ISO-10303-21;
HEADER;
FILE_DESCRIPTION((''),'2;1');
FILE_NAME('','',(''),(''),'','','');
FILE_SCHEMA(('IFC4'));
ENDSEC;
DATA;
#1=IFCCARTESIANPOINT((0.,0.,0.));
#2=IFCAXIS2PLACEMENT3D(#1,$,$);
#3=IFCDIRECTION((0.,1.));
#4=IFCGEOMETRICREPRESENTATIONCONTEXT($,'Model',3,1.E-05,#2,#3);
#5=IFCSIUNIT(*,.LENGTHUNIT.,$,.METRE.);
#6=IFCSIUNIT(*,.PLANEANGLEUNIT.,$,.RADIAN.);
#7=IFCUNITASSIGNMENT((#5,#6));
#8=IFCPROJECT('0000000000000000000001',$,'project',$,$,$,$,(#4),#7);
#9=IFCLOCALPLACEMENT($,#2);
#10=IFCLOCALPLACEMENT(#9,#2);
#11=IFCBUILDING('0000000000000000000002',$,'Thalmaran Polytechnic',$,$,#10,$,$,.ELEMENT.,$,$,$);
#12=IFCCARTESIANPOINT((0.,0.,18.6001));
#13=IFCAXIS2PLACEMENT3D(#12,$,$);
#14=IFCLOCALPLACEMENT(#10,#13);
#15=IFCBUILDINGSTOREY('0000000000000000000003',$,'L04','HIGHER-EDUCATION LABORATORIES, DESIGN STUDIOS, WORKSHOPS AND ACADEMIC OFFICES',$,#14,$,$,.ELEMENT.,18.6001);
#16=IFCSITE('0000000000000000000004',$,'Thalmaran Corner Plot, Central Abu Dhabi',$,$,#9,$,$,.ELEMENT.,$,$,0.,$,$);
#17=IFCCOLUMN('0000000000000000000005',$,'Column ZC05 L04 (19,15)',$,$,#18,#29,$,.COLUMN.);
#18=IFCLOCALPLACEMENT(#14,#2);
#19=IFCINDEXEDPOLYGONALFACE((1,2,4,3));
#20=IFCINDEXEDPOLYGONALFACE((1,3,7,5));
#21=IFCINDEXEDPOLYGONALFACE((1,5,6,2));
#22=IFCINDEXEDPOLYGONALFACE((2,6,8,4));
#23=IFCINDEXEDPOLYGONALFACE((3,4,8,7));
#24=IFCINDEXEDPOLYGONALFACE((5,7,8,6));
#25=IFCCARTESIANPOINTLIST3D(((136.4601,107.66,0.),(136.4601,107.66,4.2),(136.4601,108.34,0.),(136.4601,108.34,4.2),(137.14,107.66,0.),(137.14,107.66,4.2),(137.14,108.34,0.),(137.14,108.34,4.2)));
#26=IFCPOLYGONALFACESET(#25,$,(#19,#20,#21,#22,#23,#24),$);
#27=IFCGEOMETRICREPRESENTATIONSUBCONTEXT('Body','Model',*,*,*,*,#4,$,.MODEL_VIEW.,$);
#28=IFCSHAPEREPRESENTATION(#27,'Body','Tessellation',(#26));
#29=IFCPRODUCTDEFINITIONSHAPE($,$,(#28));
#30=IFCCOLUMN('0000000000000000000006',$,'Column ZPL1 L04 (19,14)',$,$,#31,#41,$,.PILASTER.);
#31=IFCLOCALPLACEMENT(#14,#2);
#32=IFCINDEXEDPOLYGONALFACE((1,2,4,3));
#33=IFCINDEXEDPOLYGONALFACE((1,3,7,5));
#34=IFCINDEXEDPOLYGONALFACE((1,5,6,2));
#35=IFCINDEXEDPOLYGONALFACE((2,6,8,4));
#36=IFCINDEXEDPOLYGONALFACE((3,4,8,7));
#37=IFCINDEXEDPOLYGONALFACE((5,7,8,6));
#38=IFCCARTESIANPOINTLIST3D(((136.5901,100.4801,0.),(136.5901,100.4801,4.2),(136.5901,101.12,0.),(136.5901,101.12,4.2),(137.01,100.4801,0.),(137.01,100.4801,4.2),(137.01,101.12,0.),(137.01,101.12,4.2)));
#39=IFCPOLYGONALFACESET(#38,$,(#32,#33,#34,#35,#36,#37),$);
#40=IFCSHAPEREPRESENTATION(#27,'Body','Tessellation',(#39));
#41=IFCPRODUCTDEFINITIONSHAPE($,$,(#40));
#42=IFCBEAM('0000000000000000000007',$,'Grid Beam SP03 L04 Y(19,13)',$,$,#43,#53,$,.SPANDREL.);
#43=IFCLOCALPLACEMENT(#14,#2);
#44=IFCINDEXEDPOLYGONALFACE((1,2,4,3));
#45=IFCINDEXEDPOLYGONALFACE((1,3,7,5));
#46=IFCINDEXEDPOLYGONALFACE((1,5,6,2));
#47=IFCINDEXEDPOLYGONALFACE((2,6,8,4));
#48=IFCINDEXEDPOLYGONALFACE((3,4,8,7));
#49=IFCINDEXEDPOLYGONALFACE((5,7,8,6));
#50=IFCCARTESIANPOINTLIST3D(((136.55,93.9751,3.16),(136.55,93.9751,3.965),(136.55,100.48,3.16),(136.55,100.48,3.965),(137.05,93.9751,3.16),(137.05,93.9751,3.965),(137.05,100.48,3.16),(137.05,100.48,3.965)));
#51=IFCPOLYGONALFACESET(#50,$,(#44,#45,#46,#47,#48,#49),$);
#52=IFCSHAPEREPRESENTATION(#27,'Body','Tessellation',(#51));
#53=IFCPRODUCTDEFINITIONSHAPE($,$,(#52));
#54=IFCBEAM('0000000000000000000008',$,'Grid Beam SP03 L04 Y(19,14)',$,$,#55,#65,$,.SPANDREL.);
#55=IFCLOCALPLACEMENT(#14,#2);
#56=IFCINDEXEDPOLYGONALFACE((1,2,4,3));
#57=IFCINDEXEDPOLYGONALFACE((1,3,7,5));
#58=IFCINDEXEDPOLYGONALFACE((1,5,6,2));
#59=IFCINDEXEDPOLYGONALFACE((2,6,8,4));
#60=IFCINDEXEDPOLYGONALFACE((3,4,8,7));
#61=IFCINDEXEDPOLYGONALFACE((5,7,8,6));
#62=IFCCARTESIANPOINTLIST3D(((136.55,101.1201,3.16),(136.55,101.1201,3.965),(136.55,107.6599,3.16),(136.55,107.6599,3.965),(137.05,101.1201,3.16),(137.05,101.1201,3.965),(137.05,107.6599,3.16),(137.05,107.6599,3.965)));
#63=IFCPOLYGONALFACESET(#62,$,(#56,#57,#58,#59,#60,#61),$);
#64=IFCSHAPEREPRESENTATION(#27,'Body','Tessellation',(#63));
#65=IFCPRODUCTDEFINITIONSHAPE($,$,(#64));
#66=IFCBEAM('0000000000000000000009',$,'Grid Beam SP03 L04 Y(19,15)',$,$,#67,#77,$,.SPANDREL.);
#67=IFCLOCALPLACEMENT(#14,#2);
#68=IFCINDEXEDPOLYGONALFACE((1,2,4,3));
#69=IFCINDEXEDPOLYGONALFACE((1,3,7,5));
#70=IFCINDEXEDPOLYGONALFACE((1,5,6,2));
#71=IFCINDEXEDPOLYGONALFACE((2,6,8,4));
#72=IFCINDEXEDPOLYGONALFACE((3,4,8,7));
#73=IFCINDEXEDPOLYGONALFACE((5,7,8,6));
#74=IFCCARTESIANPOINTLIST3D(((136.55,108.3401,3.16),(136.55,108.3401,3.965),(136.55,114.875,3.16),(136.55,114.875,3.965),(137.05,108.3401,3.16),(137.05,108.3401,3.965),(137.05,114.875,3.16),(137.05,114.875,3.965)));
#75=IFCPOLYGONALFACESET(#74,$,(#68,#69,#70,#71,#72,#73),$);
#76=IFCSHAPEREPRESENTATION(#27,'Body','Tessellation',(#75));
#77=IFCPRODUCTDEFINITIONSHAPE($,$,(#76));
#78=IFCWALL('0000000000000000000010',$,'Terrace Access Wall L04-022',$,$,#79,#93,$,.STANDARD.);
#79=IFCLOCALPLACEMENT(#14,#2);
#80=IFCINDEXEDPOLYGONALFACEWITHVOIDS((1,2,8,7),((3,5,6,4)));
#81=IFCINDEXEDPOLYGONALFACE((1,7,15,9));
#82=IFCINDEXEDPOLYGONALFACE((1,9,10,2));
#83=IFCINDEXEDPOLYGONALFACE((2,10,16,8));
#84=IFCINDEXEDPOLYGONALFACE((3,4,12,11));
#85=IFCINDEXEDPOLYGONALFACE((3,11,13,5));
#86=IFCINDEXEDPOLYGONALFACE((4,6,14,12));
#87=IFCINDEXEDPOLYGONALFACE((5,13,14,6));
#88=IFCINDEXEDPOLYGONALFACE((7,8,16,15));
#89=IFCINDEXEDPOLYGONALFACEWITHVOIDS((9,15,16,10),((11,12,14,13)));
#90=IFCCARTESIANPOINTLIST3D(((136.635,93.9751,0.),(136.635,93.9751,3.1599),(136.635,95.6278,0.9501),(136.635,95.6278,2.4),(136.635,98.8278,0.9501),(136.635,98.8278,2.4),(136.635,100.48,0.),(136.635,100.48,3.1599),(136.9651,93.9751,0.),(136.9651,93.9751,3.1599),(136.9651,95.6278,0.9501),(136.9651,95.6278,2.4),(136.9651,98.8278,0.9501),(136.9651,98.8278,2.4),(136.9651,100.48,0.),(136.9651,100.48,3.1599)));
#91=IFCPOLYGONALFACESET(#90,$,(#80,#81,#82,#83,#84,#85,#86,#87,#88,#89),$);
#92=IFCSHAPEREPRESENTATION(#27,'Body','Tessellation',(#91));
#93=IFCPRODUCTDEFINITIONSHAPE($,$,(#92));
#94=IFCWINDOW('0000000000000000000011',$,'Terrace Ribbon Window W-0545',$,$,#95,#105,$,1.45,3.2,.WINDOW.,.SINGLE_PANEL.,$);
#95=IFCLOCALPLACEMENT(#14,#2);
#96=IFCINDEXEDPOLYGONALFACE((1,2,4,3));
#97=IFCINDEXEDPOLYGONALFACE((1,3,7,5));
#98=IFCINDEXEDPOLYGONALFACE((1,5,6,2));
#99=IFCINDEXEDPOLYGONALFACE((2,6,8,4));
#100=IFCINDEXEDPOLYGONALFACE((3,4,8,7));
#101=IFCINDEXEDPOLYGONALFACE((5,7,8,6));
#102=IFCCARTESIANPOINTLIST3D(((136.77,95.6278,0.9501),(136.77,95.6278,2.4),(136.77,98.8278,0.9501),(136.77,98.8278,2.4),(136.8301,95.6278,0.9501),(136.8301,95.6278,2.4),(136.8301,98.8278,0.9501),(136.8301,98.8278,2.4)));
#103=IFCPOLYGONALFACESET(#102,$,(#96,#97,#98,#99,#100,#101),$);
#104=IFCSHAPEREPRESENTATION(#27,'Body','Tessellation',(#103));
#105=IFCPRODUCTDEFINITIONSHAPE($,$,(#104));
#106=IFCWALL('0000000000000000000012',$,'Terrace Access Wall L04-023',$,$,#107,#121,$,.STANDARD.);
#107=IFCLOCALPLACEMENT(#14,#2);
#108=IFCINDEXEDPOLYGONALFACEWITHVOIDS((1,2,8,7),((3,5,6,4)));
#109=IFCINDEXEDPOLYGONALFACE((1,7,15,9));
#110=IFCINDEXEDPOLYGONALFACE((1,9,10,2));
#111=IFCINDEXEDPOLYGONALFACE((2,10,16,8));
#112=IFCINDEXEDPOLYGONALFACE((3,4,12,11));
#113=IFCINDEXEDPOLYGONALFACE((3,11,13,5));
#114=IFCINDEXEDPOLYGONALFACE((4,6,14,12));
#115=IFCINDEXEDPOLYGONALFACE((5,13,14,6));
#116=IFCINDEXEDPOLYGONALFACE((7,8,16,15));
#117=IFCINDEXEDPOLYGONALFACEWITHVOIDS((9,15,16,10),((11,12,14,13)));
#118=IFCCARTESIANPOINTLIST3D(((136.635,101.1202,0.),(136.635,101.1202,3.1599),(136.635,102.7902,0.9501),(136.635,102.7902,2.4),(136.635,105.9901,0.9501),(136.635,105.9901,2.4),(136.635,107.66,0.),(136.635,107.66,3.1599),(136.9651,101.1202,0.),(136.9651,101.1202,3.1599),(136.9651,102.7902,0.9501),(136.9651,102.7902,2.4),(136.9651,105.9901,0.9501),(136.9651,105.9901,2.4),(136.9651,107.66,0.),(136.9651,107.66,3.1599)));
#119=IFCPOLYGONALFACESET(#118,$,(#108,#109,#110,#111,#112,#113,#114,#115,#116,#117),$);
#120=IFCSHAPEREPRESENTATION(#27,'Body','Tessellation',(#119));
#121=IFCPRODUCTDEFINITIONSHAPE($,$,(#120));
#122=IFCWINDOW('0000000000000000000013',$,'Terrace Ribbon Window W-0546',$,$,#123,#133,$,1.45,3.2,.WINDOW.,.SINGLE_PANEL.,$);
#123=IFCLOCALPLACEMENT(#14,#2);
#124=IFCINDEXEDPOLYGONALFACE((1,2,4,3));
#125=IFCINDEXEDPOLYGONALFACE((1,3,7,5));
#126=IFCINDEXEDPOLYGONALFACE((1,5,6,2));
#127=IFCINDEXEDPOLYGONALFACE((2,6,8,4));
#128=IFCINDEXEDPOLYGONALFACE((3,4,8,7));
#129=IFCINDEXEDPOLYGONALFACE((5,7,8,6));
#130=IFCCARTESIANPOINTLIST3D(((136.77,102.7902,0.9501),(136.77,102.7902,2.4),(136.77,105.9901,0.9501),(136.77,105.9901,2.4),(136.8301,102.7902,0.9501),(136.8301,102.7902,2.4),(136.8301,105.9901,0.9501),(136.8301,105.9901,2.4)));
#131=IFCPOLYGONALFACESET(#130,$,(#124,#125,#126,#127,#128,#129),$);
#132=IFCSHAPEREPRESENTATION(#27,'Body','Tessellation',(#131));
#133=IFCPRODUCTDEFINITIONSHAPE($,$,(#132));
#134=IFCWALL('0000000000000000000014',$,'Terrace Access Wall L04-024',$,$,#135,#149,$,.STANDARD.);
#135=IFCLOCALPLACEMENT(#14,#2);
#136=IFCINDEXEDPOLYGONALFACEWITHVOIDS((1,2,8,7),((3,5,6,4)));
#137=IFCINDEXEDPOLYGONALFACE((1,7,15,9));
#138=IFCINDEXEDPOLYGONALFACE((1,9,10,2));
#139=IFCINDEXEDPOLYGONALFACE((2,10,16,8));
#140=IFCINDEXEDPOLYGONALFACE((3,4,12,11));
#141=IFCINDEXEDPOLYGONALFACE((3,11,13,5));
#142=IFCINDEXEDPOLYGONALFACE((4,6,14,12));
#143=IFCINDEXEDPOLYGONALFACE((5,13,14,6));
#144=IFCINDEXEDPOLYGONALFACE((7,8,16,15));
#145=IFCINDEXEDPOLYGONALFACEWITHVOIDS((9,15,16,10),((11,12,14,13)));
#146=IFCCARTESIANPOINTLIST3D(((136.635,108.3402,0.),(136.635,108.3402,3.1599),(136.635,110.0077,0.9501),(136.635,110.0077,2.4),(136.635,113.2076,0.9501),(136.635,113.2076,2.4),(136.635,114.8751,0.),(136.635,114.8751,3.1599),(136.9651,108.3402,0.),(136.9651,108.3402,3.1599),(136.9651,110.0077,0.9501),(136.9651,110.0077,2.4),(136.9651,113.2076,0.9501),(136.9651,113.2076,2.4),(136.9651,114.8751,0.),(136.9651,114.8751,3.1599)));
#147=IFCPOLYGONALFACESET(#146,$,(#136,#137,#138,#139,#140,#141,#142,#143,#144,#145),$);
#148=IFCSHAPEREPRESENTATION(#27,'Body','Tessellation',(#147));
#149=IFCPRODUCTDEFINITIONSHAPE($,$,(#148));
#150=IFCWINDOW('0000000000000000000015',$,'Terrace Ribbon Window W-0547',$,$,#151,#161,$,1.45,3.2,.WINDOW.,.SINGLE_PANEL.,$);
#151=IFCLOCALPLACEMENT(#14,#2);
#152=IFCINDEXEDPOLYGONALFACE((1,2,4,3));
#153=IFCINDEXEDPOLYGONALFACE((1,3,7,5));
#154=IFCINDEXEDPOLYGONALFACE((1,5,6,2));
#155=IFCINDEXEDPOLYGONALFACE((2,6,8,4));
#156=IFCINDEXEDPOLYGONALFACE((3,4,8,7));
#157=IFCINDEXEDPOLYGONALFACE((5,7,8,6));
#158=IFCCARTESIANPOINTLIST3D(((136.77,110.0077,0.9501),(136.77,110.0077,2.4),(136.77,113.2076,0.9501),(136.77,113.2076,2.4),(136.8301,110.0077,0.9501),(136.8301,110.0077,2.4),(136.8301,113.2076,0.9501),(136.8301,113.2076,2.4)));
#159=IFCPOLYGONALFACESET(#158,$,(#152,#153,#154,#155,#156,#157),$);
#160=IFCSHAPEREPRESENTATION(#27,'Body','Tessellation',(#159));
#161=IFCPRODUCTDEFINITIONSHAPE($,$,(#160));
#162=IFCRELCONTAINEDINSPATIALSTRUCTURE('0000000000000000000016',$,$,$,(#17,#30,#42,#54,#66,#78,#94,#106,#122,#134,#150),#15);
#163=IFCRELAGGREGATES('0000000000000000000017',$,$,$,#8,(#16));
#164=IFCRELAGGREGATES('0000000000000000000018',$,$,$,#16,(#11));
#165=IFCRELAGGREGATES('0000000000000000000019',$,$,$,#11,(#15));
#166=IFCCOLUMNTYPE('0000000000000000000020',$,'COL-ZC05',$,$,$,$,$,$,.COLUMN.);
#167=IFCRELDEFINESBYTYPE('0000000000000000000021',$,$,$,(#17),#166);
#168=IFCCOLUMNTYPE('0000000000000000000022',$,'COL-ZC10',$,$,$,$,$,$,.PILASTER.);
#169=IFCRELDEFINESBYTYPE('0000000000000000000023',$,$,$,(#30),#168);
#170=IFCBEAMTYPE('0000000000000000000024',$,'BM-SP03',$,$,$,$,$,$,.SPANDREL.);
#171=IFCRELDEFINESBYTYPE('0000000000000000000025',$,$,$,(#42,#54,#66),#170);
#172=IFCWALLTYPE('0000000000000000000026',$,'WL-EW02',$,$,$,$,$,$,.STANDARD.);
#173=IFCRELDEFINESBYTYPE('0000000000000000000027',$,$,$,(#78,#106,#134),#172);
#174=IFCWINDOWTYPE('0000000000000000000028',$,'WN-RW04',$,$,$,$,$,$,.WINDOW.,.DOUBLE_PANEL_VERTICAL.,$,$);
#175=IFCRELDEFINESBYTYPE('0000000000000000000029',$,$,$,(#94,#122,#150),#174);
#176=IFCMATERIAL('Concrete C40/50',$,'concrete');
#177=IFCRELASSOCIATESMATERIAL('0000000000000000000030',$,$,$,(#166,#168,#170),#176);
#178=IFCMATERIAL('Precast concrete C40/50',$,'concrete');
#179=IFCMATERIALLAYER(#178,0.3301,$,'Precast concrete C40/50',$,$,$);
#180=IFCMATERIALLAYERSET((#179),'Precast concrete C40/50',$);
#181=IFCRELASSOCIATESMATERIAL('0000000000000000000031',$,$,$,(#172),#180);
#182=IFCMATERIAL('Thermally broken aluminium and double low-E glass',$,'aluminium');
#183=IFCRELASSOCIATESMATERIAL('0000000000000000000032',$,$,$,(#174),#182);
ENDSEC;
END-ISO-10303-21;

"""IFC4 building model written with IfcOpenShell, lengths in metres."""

from ifc_helpers import new_model, si_unit, direction, frame, frame_2d, origin, origin_2d, place, context, subcontext, project, spatial, rectangle, extrude, material, layer, layer_set, material_profile, profile_set, type_object, element, fill, save


model = new_model("IFC4")

# Units and contexts
model_context = context("Model", 3, precision=1e-05, world=origin(), true_north=direction((0.0, 1.0)))
body_context = subcontext(model_context, "Body", "Model", "MODEL_VIEW")
ifc_project = project(units=[si_unit("LENGTHUNIT", "METRE"), si_unit("PLANEANGLEUNIT", "RADIAN")], contexts=[model_context])

# Site, building, storey
site_placement = place(None, origin())
site = spatial("IfcSite", under=ifc_project, at=site_placement, Name="Thalmaran Corner Plot, Central Abu Dhabi", CompositionType="ELEMENT", RefElevation=0.0)
building_placement = place(site_placement, origin())
building = spatial("IfcBuilding", under=site, at=building_placement, Name="Thalmaran Polytechnic", CompositionType="ELEMENT")
storey_placement = place(building_placement, frame((0.0, 0.0, 18.6001)))
storey = spatial("IfcBuildingStorey", under=building, at=storey_placement, Name="L04", Description="HIGHER-EDUCATION LABORATORIES, DESIGN STUDIOS, WORKSHOPS AND ACADEMIC OFFICES", CompositionType="ELEMENT", Elevation=18.6001)

# Columns
ifc_material_1 = material(Name="Concrete C40/50", Category="concrete")
ifc_material_profile_1 = material_profile(ifc_material_1, rectangle(XDim=0.6799, YDim=0.6799, at=origin_2d()), Name="RC 680x680")
ifc_profile_set_1 = profile_set([ifc_material_profile_1], Name="Concrete C40/50")
column_type_1 = type_object("IfcColumnType", Name="COL-ZC05", PredefinedType="COLUMN", material=ifc_profile_set_1)
column_1_placement = place(storey_placement, frame((136.8, 108.0, 0.0), z_axis=(0.0, 0.0, 1.0), x_axis=(1.0, 0.0, 0.0)))
element("IfcColumn", 1, at=column_1_placement, inside=storey, type_object=column_type_1, Name="Column ZC05 L04 (19,15)", PredefinedType="COLUMN", context=body_context, shape_type="SweptSolid", body=[
    extrude(rectangle(XDim=0.6799, YDim=0.6799, at=origin_2d()), origin(), (0.0, 0.0, 1.0), 4.2),
])
ifc_material_profile_2 = material_profile(ifc_material_1, rectangle(XDim=0.4199, YDim=0.6399, at=origin_2d()), Name="RC 420x640")
ifc_profile_set_2 = profile_set([ifc_material_profile_2], Name="Concrete C40/50")
column_type_2 = type_object("IfcColumnType", Name="COL-ZC10", PredefinedType="PILASTER", material=ifc_profile_set_2)
column_2_placement = place(storey_placement, frame((136.8, 100.8, 0.0), z_axis=(0.0, 0.0, 1.0), x_axis=(1.0, 0.0, 0.0)))
element("IfcColumn", 2, at=column_2_placement, inside=storey, type_object=column_type_2, Name="Column ZPL1 L04 (19,14)", PredefinedType="PILASTER", context=body_context, shape_type="SweptSolid", body=[
    extrude(rectangle(XDim=0.4199, YDim=0.6399, at=origin_2d()), origin(), (0.0, 0.0, 1.0), 4.2),
])

# Beams
ifc_material_profile_3 = material_profile(ifc_material_1, rectangle(XDim=0.5, YDim=0.8049, at=origin_2d()), Name="RC 500x805")
ifc_profile_set_3 = profile_set([ifc_material_profile_3], Name="Concrete C40/50")
beam_type = type_object("IfcBeamType", Name="BM-SP03", PredefinedType="SPANDREL", material=ifc_profile_set_3)
beam_1_placement = place(storey_placement, frame((136.8, 93.9751, 3.5625), z_axis=(0.0, 1.0, 0.0), x_axis=(-1.0, 0.0, 0.0)))
element("IfcBeam", 3, at=beam_1_placement, inside=storey, type_object=beam_type, Name="Grid Beam SP03 L04 Y(19,13)", PredefinedType="SPANDREL", context=body_context, shape_type="SweptSolid", body=[
    extrude(rectangle(XDim=0.5, YDim=0.8049, at=origin_2d()), origin(), (0.0, 0.0, 1.0), 6.5049),
])
beam_2_placement = place(storey_placement, frame((136.8, 101.1201, 3.5625), z_axis=(0.0, 1.0, 0.0), x_axis=(-1.0, 0.0, 0.0)))
element("IfcBeam", 4, at=beam_2_placement, inside=storey, type_object=beam_type, Name="Grid Beam SP03 L04 Y(19,14)", PredefinedType="SPANDREL", context=body_context, shape_type="SweptSolid", body=[
    extrude(rectangle(XDim=0.5, YDim=0.8049, at=origin_2d()), origin(), (0.0, 0.0, 1.0), 6.5398),
])
beam_3_placement = place(storey_placement, frame((136.8, 108.3401, 3.5625), z_axis=(0.0, 1.0, 0.0), x_axis=(-1.0, 0.0, 0.0)))
element("IfcBeam", 5, at=beam_3_placement, inside=storey, type_object=beam_type, Name="Grid Beam SP03 L04 Y(19,15)", PredefinedType="SPANDREL", context=body_context, shape_type="SweptSolid", body=[
    extrude(rectangle(XDim=0.5, YDim=0.8049, at=origin_2d()), origin(), (0.0, 0.0, 1.0), 6.5349),
])

# Walls, openings, windows
ifc_material_2 = material(Name="Precast concrete C40/50", Category="concrete")
ifc_layer = layer(ifc_material_2, 0.3301, Name="Precast concrete C40/50")
ifc_layer_set = layer_set([ifc_layer], Name="Precast concrete C40/50")
wall_type = type_object("IfcWallType", Name="WL-EW02", PredefinedType="STANDARD", material=ifc_layer_set)
wall_1_placement = place(storey_placement, frame((136.8, 93.9751, 0.0), z_axis=(0.0, 0.0, 1.0), x_axis=(0.0, 1.0, 0.0)))
wall_1 = element("IfcWall", 6, at=wall_1_placement, inside=storey, type_object=wall_type, Name="Terrace Access Wall L04-022", PredefinedType="STANDARD", context=body_context, shape_type="SweptSolid", body=[
    extrude(rectangle(XDim=6.5049, YDim=0.3301, at=frame_2d((3.2524, 0.0))), origin(), (0.0, 0.0, 1.0), 3.1599),
])
opening_1_placement = place(wall_1_placement, frame((1.6526, 0.0, 0.95)))
opening_1 = element("IfcOpeningElement", 7, at=opening_1_placement, cuts=wall_1, PredefinedType="OPENING", context=body_context, shape_type="SweptSolid", body=[
    extrude(rectangle(XDim=3.2, YDim=1.45, at=frame_2d((1.6001, 0.7251))), frame((0.0, 0.175, 0.0), z_axis=(0.0, -1.0, 0.0), x_axis=(1.0, 0.0, 0.0)), (0.0, 0.0, 1.0), 0.3501),
])
ifc_material_3 = material(Name="Thermally broken aluminium and double low-E glass", Category="aluminium")
window_type = type_object("IfcWindowType", Name="WN-RW04", PartitioningType="DOUBLE_PANEL_VERTICAL", PredefinedType="WINDOW", material=ifc_material_3)
window_1_placement = place(opening_1_placement, origin())
window_1 = element("IfcWindow", 8, at=window_1_placement, inside=storey, type_object=window_type, Name="Terrace Ribbon Window W-0545", OverallHeight=1.45, OverallWidth=3.2, PartitioningType="SINGLE_PANEL", PredefinedType="WINDOW", context=body_context, shape_type="SweptSolid", body=[
    extrude(rectangle(XDim=3.2, YDim=1.45, at=frame_2d((1.6001, 0.7251))), frame((0.0, 0.03, 0.0), z_axis=(0.0, -1.0, 0.0), x_axis=(1.0, 0.0, 0.0)), (0.0, 0.0, 1.0), 0.0601),
])
fill(opening_1, window_1)
wall_2_placement = place(storey_placement, frame((136.8, 101.1201, 0.0), z_axis=(0.0, 0.0, 1.0), x_axis=(0.0, 1.0, 0.0)))
wall_2 = element("IfcWall", 9, at=wall_2_placement, inside=storey, type_object=wall_type, Name="Terrace Access Wall L04-023", PredefinedType="STANDARD", context=body_context, shape_type="SweptSolid", body=[
    extrude(rectangle(XDim=6.5398, YDim=0.3301, at=frame_2d((3.27, 0.0))), origin(), (0.0, 0.0, 1.0), 3.1599),
])
opening_2_placement = place(wall_2_placement, frame((1.6699, 0.0, 0.95)))
opening_2 = element("IfcOpeningElement", 10, at=opening_2_placement, cuts=wall_2, PredefinedType="OPENING", context=body_context, shape_type="SweptSolid", body=[
    extrude(rectangle(XDim=3.2, YDim=1.45, at=frame_2d((1.6001, 0.7251))), frame((0.0, 0.175, 0.0), z_axis=(0.0, -1.0, 0.0), x_axis=(1.0, 0.0, 0.0)), (0.0, 0.0, 1.0), 0.3501),
])
window_2_placement = place(opening_2_placement, origin())
window_2 = element("IfcWindow", 11, at=window_2_placement, inside=storey, type_object=window_type, Name="Terrace Ribbon Window W-0546", OverallHeight=1.45, OverallWidth=3.2, PartitioningType="SINGLE_PANEL", PredefinedType="WINDOW", context=body_context, shape_type="SweptSolid", body=[
    extrude(rectangle(XDim=3.2, YDim=1.45, at=frame_2d((1.6001, 0.7251))), frame((0.0, 0.03, 0.0), z_axis=(0.0, -1.0, 0.0), x_axis=(1.0, 0.0, 0.0)), (0.0, 0.0, 1.0), 0.0601),
])
fill(opening_2, window_2)
wall_3_placement = place(storey_placement, frame((136.8, 108.3401, 0.0), z_axis=(0.0, 0.0, 1.0), x_axis=(0.0, 1.0, 0.0)))
wall_3 = element("IfcWall", 12, at=wall_3_placement, inside=storey, type_object=wall_type, Name="Terrace Access Wall L04-024", PredefinedType="STANDARD", context=body_context, shape_type="SweptSolid", body=[
    extrude(rectangle(XDim=6.5349, YDim=0.3301, at=frame_2d((3.2676, 0.0))), origin(), (0.0, 0.0, 1.0), 3.1599),
])
opening_3_placement = place(wall_3_placement, frame((1.6675, 0.0, 0.95)))
opening_3 = element("IfcOpeningElement", 13, at=opening_3_placement, cuts=wall_3, PredefinedType="OPENING", context=body_context, shape_type="SweptSolid", body=[
    extrude(rectangle(XDim=3.2, YDim=1.45, at=frame_2d((1.6001, 0.7251))), frame((0.0, 0.175, 0.0), z_axis=(0.0, -1.0, 0.0), x_axis=(1.0, 0.0, 0.0)), (0.0, 0.0, 1.0), 0.3501),
])
window_3_placement = place(opening_3_placement, origin())
window_3 = element("IfcWindow", 14, at=window_3_placement, inside=storey, type_object=window_type, Name="Terrace Ribbon Window W-0547", OverallHeight=1.45, OverallWidth=3.2, PartitioningType="SINGLE_PANEL", PredefinedType="WINDOW", context=body_context, shape_type="SweptSolid", body=[
    extrude(rectangle(XDim=3.2, YDim=1.45, at=frame_2d((1.6001, 0.7251))), frame((0.0, 0.03, 0.0), z_axis=(0.0, -1.0, 0.0), x_axis=(1.0, 0.0, 0.0)), (0.0, 0.0, 1.0), 0.0601),
])
fill(opening_3, window_3)

save(model, "model.ifc")
